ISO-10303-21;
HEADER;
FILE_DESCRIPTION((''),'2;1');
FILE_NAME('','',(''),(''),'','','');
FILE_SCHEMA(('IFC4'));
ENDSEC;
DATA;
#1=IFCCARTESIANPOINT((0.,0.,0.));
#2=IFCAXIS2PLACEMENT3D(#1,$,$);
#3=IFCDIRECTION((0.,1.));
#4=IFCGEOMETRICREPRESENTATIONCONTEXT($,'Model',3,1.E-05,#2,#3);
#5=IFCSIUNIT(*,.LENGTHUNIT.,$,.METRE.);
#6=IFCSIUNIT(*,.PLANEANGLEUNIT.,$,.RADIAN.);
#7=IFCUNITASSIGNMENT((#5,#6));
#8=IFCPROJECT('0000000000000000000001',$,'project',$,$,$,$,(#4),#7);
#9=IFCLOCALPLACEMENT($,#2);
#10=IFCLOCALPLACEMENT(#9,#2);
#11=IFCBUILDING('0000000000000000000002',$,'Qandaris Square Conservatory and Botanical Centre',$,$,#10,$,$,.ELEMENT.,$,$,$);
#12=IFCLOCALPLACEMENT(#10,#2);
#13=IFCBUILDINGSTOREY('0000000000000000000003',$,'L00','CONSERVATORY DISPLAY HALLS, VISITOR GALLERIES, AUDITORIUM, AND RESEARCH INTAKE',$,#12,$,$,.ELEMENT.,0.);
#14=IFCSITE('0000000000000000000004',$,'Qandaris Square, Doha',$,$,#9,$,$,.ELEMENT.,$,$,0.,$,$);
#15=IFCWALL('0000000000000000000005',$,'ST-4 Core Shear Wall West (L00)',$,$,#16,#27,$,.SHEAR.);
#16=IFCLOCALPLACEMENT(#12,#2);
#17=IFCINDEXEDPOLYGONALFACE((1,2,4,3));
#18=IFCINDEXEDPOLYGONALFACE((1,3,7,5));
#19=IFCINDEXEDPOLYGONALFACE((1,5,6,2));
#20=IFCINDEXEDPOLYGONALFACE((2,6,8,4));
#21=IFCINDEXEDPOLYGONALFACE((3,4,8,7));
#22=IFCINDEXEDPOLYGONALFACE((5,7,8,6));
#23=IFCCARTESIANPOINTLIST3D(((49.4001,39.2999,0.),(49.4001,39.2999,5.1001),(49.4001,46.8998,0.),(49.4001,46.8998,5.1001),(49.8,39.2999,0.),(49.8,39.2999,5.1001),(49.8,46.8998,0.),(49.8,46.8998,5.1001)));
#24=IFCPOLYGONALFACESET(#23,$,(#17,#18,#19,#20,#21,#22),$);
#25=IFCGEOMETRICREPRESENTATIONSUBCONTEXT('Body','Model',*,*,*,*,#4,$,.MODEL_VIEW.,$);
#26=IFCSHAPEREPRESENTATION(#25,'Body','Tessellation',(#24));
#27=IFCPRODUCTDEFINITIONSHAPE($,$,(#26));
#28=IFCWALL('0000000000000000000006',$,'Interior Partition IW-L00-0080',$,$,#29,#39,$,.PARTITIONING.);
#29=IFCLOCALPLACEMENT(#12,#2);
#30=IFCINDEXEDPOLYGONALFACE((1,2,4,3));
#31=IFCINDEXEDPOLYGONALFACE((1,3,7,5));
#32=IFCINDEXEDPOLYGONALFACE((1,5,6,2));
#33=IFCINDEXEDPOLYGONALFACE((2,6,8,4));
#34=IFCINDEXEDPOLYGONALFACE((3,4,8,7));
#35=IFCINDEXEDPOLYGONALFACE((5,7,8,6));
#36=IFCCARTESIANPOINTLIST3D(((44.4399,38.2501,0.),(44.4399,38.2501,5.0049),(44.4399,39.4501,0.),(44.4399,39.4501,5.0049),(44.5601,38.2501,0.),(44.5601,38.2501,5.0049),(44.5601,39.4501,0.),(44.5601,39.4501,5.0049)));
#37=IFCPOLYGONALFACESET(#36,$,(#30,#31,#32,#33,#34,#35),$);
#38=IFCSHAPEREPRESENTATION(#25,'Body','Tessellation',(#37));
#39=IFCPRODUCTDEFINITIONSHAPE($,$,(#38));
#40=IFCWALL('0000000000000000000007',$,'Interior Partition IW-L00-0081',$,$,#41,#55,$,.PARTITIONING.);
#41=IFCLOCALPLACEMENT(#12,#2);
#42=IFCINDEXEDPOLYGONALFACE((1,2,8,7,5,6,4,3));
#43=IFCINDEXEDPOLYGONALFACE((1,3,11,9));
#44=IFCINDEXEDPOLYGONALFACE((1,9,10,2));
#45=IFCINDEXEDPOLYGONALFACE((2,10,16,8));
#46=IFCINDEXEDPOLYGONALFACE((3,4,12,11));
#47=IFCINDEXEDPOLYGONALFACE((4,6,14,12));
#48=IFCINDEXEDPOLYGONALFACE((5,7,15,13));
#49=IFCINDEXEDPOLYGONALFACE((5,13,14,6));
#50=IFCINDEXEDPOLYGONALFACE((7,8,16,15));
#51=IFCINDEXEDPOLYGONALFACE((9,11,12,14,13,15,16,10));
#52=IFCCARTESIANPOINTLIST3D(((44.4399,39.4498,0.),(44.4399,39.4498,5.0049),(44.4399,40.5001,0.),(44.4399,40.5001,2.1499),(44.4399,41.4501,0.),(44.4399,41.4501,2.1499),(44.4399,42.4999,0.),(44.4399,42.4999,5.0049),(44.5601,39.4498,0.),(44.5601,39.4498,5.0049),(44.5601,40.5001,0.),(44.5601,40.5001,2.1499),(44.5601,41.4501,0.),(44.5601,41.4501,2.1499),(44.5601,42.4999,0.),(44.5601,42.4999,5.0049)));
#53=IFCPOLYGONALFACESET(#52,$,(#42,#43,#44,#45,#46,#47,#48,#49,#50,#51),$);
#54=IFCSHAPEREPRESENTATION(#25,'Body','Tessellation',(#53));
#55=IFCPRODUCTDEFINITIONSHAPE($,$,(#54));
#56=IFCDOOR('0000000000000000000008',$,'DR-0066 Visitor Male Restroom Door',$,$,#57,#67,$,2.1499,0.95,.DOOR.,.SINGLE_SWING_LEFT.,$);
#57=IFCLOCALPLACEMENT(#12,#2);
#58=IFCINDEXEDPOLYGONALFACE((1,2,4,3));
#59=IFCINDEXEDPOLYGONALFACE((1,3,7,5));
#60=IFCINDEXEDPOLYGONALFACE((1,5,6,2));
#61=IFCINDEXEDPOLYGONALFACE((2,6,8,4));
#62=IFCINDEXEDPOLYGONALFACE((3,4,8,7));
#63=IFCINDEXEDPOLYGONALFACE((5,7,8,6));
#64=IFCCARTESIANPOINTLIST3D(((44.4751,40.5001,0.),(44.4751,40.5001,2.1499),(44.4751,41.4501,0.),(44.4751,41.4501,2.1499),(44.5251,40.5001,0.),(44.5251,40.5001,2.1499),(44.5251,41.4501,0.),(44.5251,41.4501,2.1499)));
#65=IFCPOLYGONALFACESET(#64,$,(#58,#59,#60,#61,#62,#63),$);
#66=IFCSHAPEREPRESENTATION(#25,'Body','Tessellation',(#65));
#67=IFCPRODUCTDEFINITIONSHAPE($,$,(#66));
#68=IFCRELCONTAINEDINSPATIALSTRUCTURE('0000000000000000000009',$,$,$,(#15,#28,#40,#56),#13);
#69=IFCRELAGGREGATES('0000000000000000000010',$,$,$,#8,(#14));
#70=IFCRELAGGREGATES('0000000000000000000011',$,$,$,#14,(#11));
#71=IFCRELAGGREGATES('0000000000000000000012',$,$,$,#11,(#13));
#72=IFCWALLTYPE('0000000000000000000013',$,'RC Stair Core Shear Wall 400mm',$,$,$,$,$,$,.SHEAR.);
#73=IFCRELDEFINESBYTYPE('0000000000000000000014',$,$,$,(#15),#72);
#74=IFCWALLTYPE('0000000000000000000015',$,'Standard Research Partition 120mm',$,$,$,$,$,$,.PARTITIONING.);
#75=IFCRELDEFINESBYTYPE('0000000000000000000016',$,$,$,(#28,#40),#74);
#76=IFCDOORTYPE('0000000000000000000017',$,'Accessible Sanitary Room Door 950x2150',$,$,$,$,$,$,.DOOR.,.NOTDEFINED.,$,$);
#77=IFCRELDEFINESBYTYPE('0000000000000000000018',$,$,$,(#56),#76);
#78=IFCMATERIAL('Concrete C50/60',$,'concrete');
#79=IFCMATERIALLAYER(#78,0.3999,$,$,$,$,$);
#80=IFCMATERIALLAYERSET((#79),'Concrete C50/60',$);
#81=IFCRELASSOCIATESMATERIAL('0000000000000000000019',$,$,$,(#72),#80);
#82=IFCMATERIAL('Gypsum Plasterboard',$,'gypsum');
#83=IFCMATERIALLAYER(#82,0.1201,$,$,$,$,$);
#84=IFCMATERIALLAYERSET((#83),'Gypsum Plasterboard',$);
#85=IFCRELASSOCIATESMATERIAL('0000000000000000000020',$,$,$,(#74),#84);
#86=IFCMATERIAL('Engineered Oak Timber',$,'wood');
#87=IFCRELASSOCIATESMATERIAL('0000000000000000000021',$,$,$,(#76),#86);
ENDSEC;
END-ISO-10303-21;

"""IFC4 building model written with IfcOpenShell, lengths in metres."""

from ifc_helpers import new_model, si_unit, direction, frame, frame_2d, origin, place, context, subcontext, project, spatial, rectangle, extrude, material, layer, layer_set, type_object, element, fill, save


model = new_model("IFC4")

# Units and contexts
model_context = context("Model", 3, precision=1e-05, world=origin(), true_north=direction((0.0, 1.0)))
body_context = subcontext(model_context, "Body", "Model", "MODEL_VIEW")
ifc_project = project(units=[si_unit("LENGTHUNIT", "METRE"), si_unit("PLANEANGLEUNIT", "RADIAN")], contexts=[model_context])

# Site, building, storey
site_placement = place(None, origin())
site = spatial("IfcSite", under=ifc_project, at=site_placement, Name="Qandaris Square, Doha", CompositionType="ELEMENT", RefElevation=0.0)
building_placement = place(site_placement, origin())
building = spatial("IfcBuilding", under=site, at=building_placement, Name="Qandaris Square Conservatory and Botanical Centre", CompositionType="ELEMENT")
storey_placement = place(building_placement, origin())
storey = spatial("IfcBuildingStorey", under=building, at=storey_placement, Name="L00", Description="CONSERVATORY DISPLAY HALLS, VISITOR GALLERIES, AUDITORIUM, AND RESEARCH INTAKE", CompositionType="ELEMENT", Elevation=0.0)

# Shared definitions
ifc_material_1 = material(Name="Concrete C50/60", Category="concrete")

# Shared definitions
ifc_layer_1 = layer(ifc_material_1, 0.3999)
ifc_layer_set_1 = layer_set([ifc_layer_1], Name="Concrete C50/60")
wall_type_1 = type_object("IfcWallType", Name="RC Stair Core Shear Wall 400mm", PredefinedType="SHEAR", material=ifc_layer_set_1)

# Walls
wall_1_placement = place(storey_placement, frame((49.6001, 39.3, 0.0), z_axis=(0.0, 0.0, 1.0), x_axis=(0.0, 1.0, 0.0)))
element("IfcWall", 1, at=wall_1_placement, inside=storey, type_object=wall_type_1, Name="ST-4 Core Shear Wall West (L00)", PredefinedType="SHEAR", context=body_context, shape_type="SweptSolid", body=[
    extrude(rectangle(XDim=7.5999, YDim=0.3999, at=frame_2d((3.7998, 0.0))), origin(), (0.0, 0.0, 1.0), 5.1001),
])
ifc_material_2 = material(Name="Gypsum Plasterboard", Category="gypsum")
ifc_layer_2 = layer(ifc_material_2, 0.1201)
ifc_layer_set_2 = layer_set([ifc_layer_2], Name="Gypsum Plasterboard")
wall_type_2 = type_object("IfcWallType", Name="Standard Research Partition 120mm", PredefinedType="PARTITIONING", material=ifc_layer_set_2)
wall_2_placement = place(storey_placement, frame((44.5, 38.25, 0.0), z_axis=(0.0, 0.0, 1.0), x_axis=(0.0, 1.0, 0.0)))
element("IfcWall", 2, at=wall_2_placement, inside=storey, type_object=wall_type_2, Name="Interior Partition IW-L00-0080", PredefinedType="PARTITIONING", context=body_context, shape_type="SweptSolid", body=[
    extrude(rectangle(XDim=1.2, YDim=0.1201, at=frame_2d((0.6001, 0.0))), origin(), (0.0, 0.0, 1.0), 5.0049),
])

# Wall, opening, door
wall_3_placement = place(storey_placement, frame((44.5, 39.45, 0.0), z_axis=(0.0, 0.0, 1.0), x_axis=(0.0, 1.0, 0.0)))
wall_3 = element("IfcWall", 3, at=wall_3_placement, inside=storey, type_object=wall_type_2, Name="Interior Partition IW-L00-0081", PredefinedType="PARTITIONING", context=body_context, shape_type="SweptSolid", body=[
    extrude(rectangle(XDim=3.05, YDim=0.1201, at=frame_2d((1.5249, 0.0))), origin(), (0.0, 0.0, 1.0), 5.0049),
])
opening_1_placement = place(wall_3_placement, frame((1.05, 0.0, 0.0)))
opening_1 = element("IfcOpeningElement", 4, at=opening_1_placement, cuts=wall_3, PredefinedType="OPENING", context=body_context, shape_type="SweptSolid", body=[
    extrude(rectangle(XDim=0.95, YDim=2.1499, at=frame_2d((0.4751, 1.075))), frame((0.0, 0.072, 0.0), z_axis=(0.0, -1.0, 0.0), x_axis=(1.0, 0.0, 0.0)), (0.0, 0.0, 1.0), 0.144),
])
ifc_material_3 = material(Name="Engineered Oak Timber", Category="wood")
door_type_1 = type_object("IfcDoorType", Name="Accessible Sanitary Room Door 950x2150", OperationType="NOTDEFINED", PredefinedType="DOOR", material=ifc_material_3)
door_1_placement = place(opening_1_placement, origin())
door_1 = element("IfcDoor", 5, at=door_1_placement, inside=storey, type_object=door_type_1, Name="DR-0066 Visitor Male Restroom Door", OperationType="SINGLE_SWING_LEFT", OverallHeight=2.1499, OverallWidth=0.95, PredefinedType="DOOR", context=body_context, shape_type="SweptSolid", body=[
    extrude(rectangle(XDim=0.95, YDim=2.1499, at=frame_2d((0.4751, 1.075))), frame((0.0, 0.0249, 0.0), z_axis=(0.0, -1.0, 0.0), x_axis=(1.0, 0.0, 0.0)), (0.0, 0.0, 1.0), 0.05),
])
fill(opening_1, door_1)

save(model, "model.ifc")
